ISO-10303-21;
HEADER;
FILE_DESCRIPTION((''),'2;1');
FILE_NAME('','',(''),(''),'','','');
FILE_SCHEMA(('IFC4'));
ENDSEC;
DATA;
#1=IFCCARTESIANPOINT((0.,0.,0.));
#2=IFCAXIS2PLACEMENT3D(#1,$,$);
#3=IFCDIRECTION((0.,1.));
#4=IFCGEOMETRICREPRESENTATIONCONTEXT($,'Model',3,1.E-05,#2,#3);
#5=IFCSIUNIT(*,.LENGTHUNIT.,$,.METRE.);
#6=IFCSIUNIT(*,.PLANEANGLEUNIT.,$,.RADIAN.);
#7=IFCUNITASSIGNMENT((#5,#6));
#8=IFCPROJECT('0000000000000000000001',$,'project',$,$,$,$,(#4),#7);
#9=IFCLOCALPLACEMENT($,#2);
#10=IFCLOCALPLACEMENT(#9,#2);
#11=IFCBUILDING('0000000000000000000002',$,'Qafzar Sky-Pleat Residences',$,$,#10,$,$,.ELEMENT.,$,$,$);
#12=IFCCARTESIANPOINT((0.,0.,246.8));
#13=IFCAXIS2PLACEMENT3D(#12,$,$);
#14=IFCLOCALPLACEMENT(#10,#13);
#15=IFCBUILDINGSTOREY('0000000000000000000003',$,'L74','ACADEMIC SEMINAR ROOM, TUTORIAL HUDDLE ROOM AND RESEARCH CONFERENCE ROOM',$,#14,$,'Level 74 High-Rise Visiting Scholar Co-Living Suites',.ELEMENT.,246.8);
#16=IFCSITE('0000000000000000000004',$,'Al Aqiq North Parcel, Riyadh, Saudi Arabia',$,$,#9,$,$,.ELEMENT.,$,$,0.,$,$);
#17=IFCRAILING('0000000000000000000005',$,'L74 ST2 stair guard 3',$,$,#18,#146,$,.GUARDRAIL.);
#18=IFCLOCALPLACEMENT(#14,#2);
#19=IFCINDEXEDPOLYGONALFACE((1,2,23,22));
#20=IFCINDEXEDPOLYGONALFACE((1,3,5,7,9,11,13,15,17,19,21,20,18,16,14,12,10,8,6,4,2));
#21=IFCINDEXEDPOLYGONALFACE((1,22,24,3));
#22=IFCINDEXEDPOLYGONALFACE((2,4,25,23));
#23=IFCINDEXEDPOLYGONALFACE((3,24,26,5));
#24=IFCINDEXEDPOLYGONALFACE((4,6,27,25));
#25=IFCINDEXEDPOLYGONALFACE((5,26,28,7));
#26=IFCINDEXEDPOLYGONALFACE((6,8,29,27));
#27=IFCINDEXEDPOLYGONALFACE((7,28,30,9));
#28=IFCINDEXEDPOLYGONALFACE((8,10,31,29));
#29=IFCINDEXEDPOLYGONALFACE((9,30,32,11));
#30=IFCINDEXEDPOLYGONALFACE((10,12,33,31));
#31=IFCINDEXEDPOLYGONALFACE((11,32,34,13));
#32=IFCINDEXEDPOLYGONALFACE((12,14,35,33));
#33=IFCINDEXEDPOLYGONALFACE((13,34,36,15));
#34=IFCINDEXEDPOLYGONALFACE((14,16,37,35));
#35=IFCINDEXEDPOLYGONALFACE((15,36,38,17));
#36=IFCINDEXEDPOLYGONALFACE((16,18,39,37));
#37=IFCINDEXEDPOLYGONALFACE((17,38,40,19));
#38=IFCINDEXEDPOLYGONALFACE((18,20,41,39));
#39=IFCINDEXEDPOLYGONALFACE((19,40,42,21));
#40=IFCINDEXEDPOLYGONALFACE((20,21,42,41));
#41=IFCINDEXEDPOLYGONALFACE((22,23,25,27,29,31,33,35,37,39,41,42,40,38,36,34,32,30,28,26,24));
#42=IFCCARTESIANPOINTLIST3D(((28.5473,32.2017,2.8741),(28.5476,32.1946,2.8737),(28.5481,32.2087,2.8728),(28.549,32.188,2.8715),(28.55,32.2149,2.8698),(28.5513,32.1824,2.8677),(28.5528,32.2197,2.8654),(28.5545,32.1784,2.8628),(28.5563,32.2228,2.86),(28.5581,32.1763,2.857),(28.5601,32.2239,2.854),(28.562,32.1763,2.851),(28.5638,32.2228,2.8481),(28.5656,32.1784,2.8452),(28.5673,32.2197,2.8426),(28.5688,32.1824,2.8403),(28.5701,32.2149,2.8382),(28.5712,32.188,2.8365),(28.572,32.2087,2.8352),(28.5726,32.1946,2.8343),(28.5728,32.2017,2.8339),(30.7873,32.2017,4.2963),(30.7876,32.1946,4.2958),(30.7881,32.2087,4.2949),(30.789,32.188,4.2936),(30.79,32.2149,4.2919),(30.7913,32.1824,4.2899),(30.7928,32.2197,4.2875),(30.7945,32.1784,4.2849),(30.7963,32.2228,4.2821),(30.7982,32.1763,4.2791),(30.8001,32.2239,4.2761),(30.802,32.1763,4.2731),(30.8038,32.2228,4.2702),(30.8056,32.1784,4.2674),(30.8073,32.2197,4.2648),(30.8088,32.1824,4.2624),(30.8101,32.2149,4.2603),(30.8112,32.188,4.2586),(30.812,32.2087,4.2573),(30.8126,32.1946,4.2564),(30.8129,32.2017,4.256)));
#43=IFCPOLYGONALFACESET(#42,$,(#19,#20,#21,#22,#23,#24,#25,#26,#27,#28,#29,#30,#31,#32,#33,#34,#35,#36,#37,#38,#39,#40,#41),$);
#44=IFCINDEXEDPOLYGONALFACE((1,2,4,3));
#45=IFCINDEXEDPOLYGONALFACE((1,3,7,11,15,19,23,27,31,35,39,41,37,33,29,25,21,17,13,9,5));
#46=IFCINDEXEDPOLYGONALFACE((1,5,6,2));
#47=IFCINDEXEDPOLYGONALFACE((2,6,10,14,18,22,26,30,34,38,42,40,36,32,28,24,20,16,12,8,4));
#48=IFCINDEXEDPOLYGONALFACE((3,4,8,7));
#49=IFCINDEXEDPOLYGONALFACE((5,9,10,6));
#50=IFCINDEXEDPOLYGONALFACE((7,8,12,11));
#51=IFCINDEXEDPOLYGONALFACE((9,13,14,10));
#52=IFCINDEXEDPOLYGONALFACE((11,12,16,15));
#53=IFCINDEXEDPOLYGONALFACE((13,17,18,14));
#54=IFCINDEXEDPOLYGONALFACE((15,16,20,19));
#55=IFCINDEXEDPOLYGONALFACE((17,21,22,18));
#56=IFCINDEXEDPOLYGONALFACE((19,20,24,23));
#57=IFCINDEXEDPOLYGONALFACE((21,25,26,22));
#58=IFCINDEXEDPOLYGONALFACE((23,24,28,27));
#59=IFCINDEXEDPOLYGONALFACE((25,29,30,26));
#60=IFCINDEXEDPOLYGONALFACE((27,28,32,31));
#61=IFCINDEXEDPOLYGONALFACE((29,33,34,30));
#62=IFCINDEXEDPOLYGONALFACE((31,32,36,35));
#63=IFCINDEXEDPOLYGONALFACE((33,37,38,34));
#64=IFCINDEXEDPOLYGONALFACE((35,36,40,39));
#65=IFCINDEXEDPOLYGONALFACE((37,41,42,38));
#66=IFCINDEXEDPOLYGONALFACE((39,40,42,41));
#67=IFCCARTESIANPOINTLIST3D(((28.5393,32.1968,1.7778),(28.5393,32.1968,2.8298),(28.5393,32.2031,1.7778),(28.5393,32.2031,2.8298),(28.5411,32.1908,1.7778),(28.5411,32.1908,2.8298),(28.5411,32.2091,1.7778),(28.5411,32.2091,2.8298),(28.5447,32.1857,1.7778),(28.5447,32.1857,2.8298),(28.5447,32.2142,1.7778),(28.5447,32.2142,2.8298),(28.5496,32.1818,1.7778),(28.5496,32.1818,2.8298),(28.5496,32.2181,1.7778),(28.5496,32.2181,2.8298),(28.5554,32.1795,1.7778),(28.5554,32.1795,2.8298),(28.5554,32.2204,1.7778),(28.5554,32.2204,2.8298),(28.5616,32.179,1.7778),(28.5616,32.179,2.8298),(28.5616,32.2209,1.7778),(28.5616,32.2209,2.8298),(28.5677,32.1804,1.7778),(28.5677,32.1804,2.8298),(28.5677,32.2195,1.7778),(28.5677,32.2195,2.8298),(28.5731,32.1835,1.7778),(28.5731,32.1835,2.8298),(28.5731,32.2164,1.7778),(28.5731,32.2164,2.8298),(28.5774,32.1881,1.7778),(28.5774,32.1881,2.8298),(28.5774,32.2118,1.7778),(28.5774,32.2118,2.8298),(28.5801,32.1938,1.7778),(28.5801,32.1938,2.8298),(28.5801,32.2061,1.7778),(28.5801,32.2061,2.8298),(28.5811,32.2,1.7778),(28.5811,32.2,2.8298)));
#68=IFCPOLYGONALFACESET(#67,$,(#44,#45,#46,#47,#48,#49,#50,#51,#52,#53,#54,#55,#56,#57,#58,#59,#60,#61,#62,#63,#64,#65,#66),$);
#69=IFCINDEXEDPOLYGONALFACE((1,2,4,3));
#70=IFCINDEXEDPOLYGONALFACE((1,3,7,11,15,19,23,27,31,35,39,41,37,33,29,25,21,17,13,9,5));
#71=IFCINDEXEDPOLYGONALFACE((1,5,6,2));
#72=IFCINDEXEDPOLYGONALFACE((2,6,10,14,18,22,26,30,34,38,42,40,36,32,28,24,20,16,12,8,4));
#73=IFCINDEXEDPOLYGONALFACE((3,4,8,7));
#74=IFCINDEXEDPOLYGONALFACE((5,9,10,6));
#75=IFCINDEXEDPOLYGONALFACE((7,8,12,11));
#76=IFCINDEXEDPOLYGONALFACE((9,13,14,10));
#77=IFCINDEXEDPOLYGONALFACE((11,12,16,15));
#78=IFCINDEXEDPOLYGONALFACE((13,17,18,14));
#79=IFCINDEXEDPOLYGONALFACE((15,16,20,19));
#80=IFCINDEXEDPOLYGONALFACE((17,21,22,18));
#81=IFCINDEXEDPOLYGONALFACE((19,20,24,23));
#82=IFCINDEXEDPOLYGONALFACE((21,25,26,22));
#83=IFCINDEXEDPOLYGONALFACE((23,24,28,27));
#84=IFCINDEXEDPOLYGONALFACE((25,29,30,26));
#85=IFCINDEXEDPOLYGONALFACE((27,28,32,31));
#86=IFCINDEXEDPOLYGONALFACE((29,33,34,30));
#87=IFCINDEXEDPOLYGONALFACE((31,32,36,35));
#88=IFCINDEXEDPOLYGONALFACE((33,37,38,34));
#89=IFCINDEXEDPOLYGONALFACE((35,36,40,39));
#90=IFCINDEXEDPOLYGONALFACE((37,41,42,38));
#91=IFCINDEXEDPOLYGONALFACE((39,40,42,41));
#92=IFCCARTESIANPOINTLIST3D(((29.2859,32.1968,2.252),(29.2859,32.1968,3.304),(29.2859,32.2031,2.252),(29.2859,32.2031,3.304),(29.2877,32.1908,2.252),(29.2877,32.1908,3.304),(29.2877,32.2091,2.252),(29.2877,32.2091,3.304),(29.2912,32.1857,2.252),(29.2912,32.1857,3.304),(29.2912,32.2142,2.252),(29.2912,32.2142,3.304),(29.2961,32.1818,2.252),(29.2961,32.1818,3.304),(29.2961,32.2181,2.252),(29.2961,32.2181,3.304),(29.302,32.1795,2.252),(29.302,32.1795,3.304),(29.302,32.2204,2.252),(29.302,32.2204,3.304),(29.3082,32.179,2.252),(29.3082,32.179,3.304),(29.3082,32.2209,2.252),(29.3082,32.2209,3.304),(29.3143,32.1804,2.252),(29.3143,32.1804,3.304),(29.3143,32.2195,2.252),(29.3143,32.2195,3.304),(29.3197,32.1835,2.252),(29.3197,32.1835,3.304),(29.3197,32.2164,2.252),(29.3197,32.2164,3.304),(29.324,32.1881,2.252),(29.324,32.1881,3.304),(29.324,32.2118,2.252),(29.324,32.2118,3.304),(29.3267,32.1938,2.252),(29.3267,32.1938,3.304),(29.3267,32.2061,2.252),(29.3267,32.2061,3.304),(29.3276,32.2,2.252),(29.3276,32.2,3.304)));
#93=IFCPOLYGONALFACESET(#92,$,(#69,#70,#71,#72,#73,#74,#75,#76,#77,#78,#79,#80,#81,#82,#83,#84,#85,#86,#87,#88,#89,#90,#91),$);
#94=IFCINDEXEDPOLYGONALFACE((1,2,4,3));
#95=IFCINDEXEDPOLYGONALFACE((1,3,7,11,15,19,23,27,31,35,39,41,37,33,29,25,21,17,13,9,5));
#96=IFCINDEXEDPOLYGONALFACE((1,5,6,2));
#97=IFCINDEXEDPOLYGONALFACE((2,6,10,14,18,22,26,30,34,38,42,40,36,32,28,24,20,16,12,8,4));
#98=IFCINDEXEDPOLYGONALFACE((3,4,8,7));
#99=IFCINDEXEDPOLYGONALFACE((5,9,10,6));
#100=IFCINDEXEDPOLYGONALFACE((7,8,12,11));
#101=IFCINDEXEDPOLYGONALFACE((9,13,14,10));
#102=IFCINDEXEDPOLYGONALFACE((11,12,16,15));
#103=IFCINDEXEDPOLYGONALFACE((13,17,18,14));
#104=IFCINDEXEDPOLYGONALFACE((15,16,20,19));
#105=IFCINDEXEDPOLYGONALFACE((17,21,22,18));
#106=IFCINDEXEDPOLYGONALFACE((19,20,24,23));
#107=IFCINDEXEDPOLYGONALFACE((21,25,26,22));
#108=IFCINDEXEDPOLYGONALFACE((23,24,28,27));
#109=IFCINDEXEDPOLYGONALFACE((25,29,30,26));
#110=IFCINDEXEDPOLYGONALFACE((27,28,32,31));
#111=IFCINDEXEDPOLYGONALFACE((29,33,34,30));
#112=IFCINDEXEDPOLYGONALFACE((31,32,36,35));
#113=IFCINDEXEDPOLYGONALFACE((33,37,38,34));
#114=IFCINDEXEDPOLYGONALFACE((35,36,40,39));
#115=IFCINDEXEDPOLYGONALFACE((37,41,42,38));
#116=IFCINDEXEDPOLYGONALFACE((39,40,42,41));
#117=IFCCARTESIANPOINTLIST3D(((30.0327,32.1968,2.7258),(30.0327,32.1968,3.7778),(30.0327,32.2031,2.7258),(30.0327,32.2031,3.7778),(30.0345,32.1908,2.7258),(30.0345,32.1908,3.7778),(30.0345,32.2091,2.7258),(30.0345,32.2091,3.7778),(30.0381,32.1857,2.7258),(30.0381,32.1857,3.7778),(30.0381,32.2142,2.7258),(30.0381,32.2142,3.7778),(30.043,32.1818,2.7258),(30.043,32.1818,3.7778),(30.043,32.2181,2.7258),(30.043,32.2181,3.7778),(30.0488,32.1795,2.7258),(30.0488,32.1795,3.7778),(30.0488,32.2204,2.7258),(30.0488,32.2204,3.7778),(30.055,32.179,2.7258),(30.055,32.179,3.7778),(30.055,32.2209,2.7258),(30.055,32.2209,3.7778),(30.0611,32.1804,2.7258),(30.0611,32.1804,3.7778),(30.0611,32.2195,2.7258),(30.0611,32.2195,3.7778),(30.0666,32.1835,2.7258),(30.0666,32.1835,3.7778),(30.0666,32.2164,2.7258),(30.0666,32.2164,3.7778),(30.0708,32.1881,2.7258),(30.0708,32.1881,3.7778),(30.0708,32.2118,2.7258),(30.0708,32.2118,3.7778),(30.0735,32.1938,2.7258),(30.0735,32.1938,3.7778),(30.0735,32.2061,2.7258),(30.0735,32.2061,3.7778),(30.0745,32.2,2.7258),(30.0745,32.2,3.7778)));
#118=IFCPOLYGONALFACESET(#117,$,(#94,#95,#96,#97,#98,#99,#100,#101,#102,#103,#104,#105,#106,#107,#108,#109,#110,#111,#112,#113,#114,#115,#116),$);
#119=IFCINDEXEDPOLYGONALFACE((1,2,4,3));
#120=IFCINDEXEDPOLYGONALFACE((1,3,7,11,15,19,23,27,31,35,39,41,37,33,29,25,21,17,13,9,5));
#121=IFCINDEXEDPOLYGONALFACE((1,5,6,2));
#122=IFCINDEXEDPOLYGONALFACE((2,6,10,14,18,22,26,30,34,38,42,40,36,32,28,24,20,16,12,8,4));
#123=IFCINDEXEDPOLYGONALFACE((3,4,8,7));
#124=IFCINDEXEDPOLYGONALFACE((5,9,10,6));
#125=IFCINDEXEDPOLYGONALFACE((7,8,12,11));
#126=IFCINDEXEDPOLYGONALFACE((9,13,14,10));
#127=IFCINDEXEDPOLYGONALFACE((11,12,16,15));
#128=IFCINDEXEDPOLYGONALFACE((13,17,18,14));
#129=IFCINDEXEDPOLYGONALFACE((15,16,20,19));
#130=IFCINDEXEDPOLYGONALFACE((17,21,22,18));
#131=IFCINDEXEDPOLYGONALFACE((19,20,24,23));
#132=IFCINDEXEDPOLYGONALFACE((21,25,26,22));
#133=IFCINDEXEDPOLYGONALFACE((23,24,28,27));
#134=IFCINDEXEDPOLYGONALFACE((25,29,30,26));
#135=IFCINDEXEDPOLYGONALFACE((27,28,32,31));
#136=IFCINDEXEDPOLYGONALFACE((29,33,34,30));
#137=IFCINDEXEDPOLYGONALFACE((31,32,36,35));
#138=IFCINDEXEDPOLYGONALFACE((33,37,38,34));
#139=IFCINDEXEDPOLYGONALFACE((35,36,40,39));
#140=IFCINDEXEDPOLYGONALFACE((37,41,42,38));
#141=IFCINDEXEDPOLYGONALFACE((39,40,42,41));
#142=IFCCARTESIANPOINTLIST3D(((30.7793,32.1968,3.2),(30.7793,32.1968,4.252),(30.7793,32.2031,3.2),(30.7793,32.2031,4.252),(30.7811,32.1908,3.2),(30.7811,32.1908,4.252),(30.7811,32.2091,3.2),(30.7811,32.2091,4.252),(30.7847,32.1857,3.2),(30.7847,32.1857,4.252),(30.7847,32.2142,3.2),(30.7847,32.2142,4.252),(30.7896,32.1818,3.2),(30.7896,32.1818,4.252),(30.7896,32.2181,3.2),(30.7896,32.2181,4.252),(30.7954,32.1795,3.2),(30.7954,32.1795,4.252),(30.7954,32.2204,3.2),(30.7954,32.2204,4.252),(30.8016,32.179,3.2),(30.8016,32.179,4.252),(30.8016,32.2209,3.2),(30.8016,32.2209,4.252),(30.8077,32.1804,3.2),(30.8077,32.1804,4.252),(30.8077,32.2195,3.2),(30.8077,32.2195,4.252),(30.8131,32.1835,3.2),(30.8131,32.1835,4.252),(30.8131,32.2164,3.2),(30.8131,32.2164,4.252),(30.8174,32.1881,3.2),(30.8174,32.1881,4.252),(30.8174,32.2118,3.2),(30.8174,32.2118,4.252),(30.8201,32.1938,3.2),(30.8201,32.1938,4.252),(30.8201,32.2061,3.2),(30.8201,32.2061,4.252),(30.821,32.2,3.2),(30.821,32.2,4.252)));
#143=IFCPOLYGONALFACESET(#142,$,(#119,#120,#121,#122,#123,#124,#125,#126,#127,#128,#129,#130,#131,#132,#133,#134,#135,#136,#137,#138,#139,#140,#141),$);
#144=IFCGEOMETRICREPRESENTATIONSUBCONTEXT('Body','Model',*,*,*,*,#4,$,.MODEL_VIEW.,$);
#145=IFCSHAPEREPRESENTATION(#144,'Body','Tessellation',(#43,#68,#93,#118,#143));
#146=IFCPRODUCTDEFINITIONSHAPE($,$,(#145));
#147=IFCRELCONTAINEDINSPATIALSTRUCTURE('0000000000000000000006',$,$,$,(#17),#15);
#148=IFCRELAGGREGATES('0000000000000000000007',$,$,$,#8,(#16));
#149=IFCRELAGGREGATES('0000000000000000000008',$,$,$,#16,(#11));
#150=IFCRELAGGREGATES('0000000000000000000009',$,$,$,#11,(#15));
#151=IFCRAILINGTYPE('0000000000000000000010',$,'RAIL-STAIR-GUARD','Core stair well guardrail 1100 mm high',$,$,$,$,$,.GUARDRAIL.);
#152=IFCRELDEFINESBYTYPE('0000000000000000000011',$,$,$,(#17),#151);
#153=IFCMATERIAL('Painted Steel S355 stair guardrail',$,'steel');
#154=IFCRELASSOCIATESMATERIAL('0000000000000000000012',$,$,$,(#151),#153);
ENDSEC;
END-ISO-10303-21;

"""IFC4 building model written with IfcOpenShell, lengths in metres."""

from ifc_helpers import new_model, si_unit, direction, frame, origin, origin_2d, place, context, subcontext, project, spatial, circle, extrude, source, transform, mapped, material, type_object, element, save


model = new_model("IFC4")

# Units and contexts
model_context = context("Model", 3, precision=1e-05, world=origin(), true_north=direction((0.0, 1.0)))
body_context = subcontext(model_context, "Body", "Model", "MODEL_VIEW")
ifc_project = project(units=[si_unit("LENGTHUNIT", "METRE"), si_unit("PLANEANGLEUNIT", "RADIAN")], contexts=[model_context])

# Site, building, storey
site_placement = place(None, origin())
site = spatial("IfcSite", under=ifc_project, at=site_placement, Name="Al Aqiq North Parcel, Riyadh, Saudi Arabia", CompositionType="ELEMENT", RefElevation=0.0)
building_placement = place(site_placement, origin())
building = spatial("IfcBuilding", under=site, at=building_placement, Name="Qafzar Sky-Pleat Residences", CompositionType="ELEMENT")
storey_placement = place(building_placement, frame((0.0, 0.0, 246.8)))
storey = spatial("IfcBuildingStorey", under=building, at=storey_placement, Name="L74", Description="ACADEMIC SEMINAR ROOM, TUTORIAL HUDDLE ROOM AND RESEARCH CONFERENCE ROOM", LongName="Level 74 High-Rise Visiting Scholar Co-Living Suites", CompositionType="ELEMENT", Elevation=246.8)

# Railing
ifc_material_1 = material(Name="Painted Steel S355 stair guardrail", Category="steel")
railing_type_1 = type_object("IfcRailingType", Name="RAIL-STAIR-GUARD", Description="Core stair well guardrail 1100 mm high", PredefinedType="GUARDRAIL", material=ifc_material_1)
shared_shape_1 = source(origin(), body_context, "Body", "SweptSolid", [
    extrude(circle(Radius=0.0239, at=origin_2d()), frame((0.0, 0.0, 1.0762), z_axis=(0.844229, 0.0, 0.535982), x_axis=(0.0, 1.0, 0.0)), (0.0, 0.0, 1.0), 2.6533),
    extrude(circle(Radius=0.021, at=origin_2d()), origin(), (0.0, 0.0, 1.0), 1.052),
    extrude(circle(Radius=0.021, at=origin_2d()), frame((0.7466, 0.0, 0.4741)), (0.0, 0.0, 1.0), 1.052),
    extrude(circle(Radius=0.021, at=origin_2d()), frame((1.4934, 0.0, 0.948)), (0.0, 0.0, 1.0), 1.052),
    extrude(circle(Radius=0.021, at=origin_2d()), frame((2.24, 0.0, 1.4221)), (0.0, 0.0, 1.0), 1.052),
])
railing_1_placement = place(storey_placement, frame((28.5601, 32.2, 1.7778)))
element("IfcRailing", 1, at=railing_1_placement, inside=storey, type_object=railing_type_1, Name="L74 ST2 stair guard 3", PredefinedType="GUARDRAIL", context=body_context, shape_type="MappedRepresentation", body=[
    mapped(shared_shape_1, transform((0.0, 0.0, 0.0), x_axis=(1.0, 0.0, 0.0), y_axis=(0.0, 1.0, 0.0), z_axis=(0.0, 0.0, 1.0), scale=1.0)),
])

save(model, "model.ifc")
